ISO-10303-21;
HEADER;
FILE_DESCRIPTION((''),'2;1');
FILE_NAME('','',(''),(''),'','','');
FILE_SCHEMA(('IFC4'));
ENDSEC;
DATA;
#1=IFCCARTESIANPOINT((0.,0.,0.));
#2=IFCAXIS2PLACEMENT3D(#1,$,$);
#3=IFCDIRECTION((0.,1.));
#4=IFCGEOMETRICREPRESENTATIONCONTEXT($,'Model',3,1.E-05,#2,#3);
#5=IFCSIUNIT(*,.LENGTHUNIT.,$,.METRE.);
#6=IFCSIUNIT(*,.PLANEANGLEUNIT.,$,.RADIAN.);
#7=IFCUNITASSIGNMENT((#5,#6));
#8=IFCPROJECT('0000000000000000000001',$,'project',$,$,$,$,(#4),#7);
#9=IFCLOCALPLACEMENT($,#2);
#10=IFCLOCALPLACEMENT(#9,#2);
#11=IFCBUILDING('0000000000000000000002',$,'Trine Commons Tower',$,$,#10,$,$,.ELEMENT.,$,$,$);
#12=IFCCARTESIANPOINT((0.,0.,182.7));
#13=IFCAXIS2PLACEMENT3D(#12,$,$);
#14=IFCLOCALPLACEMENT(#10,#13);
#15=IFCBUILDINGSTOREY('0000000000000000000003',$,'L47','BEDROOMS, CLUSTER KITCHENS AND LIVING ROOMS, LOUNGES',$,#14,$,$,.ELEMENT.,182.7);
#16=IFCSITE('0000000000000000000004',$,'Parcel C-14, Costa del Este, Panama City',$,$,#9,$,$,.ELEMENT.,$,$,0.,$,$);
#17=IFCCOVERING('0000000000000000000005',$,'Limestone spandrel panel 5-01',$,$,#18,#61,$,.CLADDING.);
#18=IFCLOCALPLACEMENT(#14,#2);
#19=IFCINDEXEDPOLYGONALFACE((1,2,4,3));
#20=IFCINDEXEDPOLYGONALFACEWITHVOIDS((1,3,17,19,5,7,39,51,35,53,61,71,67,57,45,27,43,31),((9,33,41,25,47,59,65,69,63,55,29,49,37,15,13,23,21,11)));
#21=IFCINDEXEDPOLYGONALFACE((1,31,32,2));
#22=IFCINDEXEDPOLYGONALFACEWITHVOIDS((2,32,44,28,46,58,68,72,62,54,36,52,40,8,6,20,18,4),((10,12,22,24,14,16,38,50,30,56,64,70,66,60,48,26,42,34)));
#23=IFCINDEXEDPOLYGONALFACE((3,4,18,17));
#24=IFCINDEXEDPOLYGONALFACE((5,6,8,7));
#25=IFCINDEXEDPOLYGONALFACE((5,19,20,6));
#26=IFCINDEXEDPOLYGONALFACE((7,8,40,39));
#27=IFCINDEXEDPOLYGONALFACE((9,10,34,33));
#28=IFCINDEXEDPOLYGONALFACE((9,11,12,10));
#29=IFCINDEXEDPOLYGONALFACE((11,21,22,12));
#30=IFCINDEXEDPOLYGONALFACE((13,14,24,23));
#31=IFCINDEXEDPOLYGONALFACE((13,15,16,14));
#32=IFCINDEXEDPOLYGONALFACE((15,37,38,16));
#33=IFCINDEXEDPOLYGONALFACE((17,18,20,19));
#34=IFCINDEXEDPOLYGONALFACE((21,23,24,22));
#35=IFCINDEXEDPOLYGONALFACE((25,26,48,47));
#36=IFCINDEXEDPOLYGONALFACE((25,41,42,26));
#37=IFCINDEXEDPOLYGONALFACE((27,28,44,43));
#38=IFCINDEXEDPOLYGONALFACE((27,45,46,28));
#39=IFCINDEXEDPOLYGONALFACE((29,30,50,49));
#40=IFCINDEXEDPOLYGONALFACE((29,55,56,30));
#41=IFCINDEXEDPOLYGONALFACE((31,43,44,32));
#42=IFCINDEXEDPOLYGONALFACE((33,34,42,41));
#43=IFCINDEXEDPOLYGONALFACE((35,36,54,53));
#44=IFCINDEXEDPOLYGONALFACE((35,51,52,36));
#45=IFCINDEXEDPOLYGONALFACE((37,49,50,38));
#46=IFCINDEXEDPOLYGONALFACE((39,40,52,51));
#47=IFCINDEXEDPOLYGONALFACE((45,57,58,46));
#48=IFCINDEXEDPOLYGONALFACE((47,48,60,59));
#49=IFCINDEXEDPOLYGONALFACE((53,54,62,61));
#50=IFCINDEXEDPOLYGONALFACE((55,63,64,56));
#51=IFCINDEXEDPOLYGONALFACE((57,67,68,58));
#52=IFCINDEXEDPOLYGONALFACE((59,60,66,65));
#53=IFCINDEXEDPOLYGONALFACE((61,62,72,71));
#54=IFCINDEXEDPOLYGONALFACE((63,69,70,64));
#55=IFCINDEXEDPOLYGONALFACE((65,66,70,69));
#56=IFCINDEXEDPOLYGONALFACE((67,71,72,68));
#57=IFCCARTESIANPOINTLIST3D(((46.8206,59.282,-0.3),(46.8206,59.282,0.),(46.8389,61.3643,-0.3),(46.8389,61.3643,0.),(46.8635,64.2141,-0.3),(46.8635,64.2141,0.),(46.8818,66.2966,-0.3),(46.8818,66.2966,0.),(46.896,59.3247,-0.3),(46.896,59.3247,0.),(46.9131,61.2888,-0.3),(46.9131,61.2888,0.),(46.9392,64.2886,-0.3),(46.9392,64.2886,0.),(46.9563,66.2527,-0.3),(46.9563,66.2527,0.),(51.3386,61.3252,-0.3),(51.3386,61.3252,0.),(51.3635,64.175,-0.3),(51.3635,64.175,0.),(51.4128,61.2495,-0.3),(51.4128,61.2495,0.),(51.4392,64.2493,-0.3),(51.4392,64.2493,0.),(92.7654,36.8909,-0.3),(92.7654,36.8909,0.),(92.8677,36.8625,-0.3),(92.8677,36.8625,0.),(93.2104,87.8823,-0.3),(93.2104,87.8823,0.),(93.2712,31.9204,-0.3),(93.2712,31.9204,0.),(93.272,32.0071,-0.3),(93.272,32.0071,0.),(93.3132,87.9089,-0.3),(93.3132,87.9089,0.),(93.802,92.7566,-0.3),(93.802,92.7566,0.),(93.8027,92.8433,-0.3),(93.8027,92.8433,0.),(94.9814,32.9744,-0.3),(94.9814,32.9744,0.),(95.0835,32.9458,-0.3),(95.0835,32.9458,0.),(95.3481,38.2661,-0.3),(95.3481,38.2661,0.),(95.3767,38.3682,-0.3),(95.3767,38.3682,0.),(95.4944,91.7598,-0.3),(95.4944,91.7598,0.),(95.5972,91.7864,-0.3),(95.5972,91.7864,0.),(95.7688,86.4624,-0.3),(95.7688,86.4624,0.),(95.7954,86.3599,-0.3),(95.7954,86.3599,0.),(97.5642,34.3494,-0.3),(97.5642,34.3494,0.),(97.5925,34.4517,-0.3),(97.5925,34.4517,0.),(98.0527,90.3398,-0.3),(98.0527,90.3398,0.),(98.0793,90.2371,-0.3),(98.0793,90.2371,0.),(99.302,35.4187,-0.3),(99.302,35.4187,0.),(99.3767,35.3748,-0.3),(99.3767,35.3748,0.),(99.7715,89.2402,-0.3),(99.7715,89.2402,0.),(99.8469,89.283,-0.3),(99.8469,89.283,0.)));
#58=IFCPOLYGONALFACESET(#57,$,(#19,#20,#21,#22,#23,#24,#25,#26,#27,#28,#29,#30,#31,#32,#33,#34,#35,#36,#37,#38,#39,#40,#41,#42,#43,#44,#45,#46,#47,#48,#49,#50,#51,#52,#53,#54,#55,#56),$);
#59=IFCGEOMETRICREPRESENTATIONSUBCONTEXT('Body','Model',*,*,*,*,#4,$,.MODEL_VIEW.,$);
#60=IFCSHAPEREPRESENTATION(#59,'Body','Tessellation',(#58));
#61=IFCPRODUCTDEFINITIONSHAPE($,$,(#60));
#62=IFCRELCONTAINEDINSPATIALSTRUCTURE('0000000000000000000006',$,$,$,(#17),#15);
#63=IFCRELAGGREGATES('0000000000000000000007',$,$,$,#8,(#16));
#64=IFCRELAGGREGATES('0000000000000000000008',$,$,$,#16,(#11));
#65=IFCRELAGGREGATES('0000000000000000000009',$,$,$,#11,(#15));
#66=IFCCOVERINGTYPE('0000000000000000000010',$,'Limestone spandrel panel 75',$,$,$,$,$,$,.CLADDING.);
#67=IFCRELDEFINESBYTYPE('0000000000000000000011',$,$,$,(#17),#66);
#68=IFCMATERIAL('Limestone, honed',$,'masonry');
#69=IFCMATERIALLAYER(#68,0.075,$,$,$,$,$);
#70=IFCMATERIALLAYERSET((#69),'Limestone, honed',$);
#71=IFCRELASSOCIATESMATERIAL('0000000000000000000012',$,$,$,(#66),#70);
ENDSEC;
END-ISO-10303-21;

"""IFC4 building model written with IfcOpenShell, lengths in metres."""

from ifc_helpers import new_model, si_unit, direction, frame, origin, place, context, subcontext, project, spatial, polyline, outline, extrude, material, layer, layer_set, type_object, element, save


model = new_model("IFC4")

# Units and contexts
model_context = context("Model", 3, precision=1e-05, world=origin(), true_north=direction((0.0, 1.0)))
body_context = subcontext(model_context, "Body", "Model", "MODEL_VIEW")
ifc_project = project(units=[si_unit("LENGTHUNIT", "METRE"), si_unit("PLANEANGLEUNIT", "RADIAN")], contexts=[model_context])

# Site, building, storey
site_placement = place(None, origin())
site = spatial("IfcSite", under=ifc_project, at=site_placement, Name="Parcel C-14, Costa del Este, Panama City", CompositionType="ELEMENT", RefElevation=0.0)
building_placement = place(site_placement, origin())
building = spatial("IfcBuilding", under=site, at=building_placement, Name="Trine Commons Tower", CompositionType="ELEMENT")
storey_placement = place(building_placement, frame((0.0, 0.0, 182.7)))
storey = spatial("IfcBuildingStorey", under=building, at=storey_placement, Name="L47", Description="BEDROOMS, CLUSTER KITCHENS AND LIVING ROOMS, LOUNGES", CompositionType="ELEMENT", Elevation=182.7)

# Covering
ifc_material_1 = material(Name="Limestone, honed", Category="masonry")
ifc_layer_1 = layer(ifc_material_1, 0.075)
ifc_layer_set_1 = layer_set([ifc_layer_1], Name="Limestone, honed")
covering_type_1 = type_object("IfcCoveringType", Name="Limestone spandrel panel 75", PredefinedType="CLADDING", material=ifc_layer_set_1)
covering_1_placement = place(storey_placement, frame((0.0, 0.0, -0.3)))
element("IfcCovering", 1, at=covering_1_placement, inside=storey, type_object=covering_type_1, Name="Limestone spandrel panel 5-01", PredefinedType="CLADDING", context=body_context, shape_type="SweptSolid", body=[
    extrude(outline(polyline([(95.3481, 38.2661), (97.5642, 34.3494), (99.3767, 35.3748), (99.8469, 89.283), (98.0527, 90.3398), (95.7688, 86.4624), (93.3132, 87.9089), (95.5972, 91.7864), (93.8027, 92.8433), (46.8818, 66.2966), (46.8635, 64.2141), (51.3635, 64.175), (51.3386, 61.3252), (46.8389, 61.3643), (46.8206, 59.282), (93.2712, 31.9204), (95.0835, 32.9458), (92.8677, 36.8625), (95.3481, 38.2661)]), holes=[polyline([(98.0793, 90.2371), (99.7715, 89.2402), (99.302, 35.4187), (97.5925, 34.4517), (95.3767, 38.3682), (92.7654, 36.8909), (94.9814, 32.9744), (93.272, 32.0071), (46.896, 59.3247), (46.9131, 61.2888), (51.4128, 61.2495), (51.4392, 64.2493), (46.9392, 64.2886), (46.9563, 66.2527), (93.802, 92.7566), (95.4944, 91.7598), (93.2104, 87.8823), (95.7954, 86.3599), (98.0793, 90.2371)])]), origin(), (0.0, 0.0, 1.0), 0.3),
])

save(model, "model.ifc")
